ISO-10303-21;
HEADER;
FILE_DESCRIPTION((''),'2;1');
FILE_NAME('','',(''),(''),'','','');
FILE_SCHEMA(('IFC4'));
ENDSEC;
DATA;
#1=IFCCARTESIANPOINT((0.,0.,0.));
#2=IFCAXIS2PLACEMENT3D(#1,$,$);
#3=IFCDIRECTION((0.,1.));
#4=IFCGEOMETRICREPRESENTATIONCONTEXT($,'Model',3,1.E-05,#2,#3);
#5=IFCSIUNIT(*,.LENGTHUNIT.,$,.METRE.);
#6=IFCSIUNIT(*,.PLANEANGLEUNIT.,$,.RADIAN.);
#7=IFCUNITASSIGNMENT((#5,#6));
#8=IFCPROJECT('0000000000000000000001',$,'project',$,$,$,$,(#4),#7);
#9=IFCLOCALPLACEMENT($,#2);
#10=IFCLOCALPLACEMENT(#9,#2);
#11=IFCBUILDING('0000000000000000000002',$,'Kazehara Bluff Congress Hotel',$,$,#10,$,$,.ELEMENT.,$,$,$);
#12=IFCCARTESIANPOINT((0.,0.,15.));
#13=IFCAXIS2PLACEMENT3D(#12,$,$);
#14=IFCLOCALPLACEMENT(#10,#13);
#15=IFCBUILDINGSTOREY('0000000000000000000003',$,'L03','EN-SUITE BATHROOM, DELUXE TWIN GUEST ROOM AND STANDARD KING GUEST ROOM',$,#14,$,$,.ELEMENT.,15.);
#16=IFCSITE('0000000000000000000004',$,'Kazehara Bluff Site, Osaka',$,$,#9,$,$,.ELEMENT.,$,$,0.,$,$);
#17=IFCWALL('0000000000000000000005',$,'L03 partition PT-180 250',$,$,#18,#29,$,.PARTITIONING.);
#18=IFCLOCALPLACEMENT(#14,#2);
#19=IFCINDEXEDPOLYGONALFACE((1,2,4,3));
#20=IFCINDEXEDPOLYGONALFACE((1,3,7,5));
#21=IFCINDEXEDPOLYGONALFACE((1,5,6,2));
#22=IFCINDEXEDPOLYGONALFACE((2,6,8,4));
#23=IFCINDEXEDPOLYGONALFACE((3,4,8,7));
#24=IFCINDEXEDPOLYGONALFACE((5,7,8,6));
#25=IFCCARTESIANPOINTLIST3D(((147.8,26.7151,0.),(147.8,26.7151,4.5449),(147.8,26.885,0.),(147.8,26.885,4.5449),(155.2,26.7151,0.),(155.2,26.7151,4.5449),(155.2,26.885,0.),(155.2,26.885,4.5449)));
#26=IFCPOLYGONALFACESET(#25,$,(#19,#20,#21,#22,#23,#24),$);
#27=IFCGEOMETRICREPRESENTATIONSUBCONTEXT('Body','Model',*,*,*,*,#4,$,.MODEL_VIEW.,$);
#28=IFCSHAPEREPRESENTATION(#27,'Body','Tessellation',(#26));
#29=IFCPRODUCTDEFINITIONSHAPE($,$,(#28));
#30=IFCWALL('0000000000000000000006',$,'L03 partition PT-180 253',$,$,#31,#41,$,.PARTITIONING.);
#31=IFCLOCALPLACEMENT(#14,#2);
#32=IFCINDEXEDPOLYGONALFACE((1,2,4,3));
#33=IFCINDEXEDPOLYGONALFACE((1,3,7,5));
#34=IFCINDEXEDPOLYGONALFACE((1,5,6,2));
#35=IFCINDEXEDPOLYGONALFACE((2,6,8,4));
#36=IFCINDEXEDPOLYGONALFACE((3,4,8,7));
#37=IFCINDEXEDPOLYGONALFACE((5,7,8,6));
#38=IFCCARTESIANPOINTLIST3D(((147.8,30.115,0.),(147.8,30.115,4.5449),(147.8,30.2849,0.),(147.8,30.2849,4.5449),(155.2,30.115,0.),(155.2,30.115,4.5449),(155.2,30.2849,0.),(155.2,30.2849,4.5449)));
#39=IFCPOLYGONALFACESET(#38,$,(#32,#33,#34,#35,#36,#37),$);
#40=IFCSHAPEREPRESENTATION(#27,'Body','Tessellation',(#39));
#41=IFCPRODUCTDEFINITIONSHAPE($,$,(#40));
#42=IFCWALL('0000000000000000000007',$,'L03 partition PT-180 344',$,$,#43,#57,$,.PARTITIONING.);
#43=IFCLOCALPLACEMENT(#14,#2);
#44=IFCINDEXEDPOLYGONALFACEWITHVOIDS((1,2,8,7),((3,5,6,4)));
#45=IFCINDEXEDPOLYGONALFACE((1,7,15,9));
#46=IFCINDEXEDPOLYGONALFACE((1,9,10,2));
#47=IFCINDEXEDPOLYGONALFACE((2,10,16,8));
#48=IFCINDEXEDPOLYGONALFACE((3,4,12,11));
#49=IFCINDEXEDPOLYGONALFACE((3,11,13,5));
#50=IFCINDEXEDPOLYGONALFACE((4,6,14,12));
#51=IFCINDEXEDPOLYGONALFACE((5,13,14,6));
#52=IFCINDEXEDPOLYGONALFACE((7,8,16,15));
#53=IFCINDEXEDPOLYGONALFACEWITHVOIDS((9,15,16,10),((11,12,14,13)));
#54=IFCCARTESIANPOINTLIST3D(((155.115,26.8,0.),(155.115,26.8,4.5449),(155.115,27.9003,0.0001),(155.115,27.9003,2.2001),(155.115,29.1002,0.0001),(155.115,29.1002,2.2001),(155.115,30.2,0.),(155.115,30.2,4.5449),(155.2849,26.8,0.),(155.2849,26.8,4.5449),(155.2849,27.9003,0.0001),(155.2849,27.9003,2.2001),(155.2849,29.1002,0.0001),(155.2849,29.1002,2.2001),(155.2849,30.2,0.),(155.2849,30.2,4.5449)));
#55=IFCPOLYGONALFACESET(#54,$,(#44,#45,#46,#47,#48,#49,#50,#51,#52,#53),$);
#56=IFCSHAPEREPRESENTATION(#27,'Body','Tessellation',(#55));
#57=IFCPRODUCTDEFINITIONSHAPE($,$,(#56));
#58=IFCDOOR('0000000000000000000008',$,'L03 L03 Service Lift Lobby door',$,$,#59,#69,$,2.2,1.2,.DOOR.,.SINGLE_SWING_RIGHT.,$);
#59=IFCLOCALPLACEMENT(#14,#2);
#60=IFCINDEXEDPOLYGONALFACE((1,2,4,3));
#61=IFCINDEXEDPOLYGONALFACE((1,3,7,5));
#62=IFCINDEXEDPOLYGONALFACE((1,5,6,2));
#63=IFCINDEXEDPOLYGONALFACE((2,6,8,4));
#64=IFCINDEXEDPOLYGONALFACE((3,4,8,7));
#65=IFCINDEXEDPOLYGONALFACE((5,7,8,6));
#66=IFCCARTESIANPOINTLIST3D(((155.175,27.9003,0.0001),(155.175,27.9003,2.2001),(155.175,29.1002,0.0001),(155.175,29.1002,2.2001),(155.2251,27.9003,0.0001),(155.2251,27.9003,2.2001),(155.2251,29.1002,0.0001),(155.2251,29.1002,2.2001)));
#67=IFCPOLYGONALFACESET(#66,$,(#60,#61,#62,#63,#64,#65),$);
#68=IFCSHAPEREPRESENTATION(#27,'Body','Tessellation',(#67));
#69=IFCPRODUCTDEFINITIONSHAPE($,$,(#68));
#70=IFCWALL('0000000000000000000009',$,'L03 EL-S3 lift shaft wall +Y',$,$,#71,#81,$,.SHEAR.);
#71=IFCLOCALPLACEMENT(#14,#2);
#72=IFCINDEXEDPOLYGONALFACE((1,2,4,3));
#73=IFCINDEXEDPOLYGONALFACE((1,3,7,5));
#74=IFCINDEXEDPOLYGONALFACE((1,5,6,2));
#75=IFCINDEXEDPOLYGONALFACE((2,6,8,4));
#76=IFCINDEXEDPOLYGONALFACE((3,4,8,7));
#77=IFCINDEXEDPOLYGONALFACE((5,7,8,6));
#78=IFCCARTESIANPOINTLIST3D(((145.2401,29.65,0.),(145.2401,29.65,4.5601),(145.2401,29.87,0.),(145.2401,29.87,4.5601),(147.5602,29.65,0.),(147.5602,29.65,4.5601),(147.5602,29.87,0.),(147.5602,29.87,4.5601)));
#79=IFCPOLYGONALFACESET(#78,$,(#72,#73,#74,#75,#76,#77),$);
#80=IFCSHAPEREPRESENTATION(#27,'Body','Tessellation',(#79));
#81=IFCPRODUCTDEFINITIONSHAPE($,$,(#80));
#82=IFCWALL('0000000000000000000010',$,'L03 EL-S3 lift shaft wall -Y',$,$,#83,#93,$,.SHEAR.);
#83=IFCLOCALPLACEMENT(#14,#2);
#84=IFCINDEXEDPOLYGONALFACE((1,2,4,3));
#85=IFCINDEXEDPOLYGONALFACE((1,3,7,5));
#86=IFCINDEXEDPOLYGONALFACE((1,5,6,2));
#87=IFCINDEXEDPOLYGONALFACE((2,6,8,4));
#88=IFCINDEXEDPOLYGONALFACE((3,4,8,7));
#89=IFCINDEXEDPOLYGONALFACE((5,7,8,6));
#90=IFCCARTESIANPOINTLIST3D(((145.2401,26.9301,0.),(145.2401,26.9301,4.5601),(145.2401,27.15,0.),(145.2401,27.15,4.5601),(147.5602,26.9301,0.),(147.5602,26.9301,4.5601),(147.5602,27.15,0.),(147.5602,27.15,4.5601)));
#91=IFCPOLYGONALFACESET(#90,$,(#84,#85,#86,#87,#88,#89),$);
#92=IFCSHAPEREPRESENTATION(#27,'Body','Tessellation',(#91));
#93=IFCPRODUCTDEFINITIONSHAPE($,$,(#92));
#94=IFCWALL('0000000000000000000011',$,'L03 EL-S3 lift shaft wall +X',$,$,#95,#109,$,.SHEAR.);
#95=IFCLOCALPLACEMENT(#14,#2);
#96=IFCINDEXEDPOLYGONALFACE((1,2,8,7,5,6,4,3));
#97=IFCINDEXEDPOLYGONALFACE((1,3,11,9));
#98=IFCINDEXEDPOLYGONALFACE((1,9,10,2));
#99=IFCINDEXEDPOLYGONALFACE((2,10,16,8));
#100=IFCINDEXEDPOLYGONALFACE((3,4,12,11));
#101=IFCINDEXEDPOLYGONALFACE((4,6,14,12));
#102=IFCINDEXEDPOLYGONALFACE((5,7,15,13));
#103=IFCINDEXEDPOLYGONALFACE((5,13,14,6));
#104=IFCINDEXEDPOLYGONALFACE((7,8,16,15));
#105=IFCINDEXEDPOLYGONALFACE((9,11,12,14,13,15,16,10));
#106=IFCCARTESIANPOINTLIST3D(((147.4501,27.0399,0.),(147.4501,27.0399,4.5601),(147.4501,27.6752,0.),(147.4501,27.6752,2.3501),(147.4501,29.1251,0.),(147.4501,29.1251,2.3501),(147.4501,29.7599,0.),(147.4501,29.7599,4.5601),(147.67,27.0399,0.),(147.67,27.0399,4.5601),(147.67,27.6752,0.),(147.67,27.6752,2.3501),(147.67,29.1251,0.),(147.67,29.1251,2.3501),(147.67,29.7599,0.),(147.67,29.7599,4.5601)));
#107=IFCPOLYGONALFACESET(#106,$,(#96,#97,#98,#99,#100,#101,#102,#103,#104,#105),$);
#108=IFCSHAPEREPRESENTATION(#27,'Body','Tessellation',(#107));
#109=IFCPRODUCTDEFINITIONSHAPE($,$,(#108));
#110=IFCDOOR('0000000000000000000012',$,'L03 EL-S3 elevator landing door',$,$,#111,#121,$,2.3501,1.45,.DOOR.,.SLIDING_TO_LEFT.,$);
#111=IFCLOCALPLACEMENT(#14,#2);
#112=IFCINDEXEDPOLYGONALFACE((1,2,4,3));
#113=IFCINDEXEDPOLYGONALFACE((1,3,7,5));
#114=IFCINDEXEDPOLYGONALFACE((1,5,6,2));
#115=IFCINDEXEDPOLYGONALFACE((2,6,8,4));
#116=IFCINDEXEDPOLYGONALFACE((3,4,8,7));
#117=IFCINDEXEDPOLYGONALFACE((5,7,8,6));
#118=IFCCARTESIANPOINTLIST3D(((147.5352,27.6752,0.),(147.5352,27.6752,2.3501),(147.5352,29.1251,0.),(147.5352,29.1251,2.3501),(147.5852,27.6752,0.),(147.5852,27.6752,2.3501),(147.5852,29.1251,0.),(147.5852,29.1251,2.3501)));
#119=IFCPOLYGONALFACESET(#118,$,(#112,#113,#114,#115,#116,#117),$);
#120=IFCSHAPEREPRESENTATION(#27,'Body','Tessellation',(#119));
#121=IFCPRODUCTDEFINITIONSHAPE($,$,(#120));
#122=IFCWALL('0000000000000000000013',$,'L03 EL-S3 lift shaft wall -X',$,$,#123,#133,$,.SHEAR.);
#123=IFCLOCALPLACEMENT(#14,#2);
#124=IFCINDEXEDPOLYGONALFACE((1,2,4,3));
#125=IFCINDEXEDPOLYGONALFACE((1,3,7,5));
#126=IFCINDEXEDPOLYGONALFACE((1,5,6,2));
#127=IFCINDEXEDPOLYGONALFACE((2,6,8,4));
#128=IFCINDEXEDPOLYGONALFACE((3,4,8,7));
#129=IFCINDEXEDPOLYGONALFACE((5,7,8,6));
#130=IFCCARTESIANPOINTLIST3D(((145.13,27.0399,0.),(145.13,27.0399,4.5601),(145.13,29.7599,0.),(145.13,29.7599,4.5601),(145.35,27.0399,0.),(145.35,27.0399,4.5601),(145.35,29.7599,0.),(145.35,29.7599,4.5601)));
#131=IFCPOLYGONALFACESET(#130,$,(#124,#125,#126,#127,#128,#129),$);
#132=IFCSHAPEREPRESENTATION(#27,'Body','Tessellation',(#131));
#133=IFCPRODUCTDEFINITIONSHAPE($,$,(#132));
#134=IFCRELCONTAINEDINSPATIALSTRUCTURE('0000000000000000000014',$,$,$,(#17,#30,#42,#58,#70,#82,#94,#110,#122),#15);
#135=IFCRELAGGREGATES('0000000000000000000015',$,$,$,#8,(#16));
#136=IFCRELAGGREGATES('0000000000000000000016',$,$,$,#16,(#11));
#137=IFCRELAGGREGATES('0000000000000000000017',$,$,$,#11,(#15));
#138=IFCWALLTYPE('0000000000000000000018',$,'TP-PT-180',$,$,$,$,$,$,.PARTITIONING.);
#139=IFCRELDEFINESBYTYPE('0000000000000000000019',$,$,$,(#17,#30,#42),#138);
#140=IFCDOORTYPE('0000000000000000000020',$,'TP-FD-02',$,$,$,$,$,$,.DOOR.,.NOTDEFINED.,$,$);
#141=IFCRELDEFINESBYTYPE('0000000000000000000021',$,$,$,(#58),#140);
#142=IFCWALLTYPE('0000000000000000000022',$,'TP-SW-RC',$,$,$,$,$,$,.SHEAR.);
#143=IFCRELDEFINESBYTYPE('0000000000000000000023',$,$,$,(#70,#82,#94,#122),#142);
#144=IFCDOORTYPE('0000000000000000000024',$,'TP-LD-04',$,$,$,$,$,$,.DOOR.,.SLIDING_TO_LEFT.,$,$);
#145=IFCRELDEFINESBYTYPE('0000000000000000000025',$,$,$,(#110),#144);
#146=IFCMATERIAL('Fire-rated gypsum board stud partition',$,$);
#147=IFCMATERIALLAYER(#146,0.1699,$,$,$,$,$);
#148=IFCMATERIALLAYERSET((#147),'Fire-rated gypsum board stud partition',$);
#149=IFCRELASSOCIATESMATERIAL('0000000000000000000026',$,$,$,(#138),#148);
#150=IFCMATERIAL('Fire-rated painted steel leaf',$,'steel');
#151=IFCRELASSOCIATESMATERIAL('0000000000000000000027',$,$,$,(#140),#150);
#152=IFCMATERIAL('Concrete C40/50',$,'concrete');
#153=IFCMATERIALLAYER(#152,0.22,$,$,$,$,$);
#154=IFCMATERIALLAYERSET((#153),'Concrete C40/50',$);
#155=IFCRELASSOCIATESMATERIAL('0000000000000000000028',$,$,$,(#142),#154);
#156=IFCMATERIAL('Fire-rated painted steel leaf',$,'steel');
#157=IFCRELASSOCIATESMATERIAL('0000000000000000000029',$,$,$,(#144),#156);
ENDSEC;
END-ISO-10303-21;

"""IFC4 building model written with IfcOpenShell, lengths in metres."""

from ifc_helpers import new_model, si_unit, direction, frame, frame_2d, origin, place, context, subcontext, project, spatial, rectangle, extrude, material, layer, layer_set, type_object, element, fill, save


model = new_model("IFC4")

# Units and contexts
model_context = context("Model", 3, precision=1e-05, world=origin(), true_north=direction((0.0, 1.0)))
body_context = subcontext(model_context, "Body", "Model", "MODEL_VIEW")
ifc_project = project(units=[si_unit("LENGTHUNIT", "METRE"), si_unit("PLANEANGLEUNIT", "RADIAN")], contexts=[model_context])

# Site, building, storey
site_placement = place(None, origin())
site = spatial("IfcSite", under=ifc_project, at=site_placement, Name="Kazehara Bluff Site, Osaka", CompositionType="ELEMENT", RefElevation=0.0)
building_placement = place(site_placement, origin())
building = spatial("IfcBuilding", under=site, at=building_placement, Name="Kazehara Bluff Congress Hotel", CompositionType="ELEMENT")
storey_placement = place(building_placement, frame((0.0, 0.0, 15.0)))
storey = spatial("IfcBuildingStorey", under=building, at=storey_placement, Name="L03", Description="EN-SUITE BATHROOM, DELUXE TWIN GUEST ROOM AND STANDARD KING GUEST ROOM", CompositionType="ELEMENT", Elevation=15.0)

# Walls
ifc_material_1 = material(Name="Fire-rated gypsum board stud partition")
ifc_layer_1 = layer(ifc_material_1, 0.1699)
ifc_layer_set_1 = layer_set([ifc_layer_1], Name="Fire-rated gypsum board stud partition")
wall_type_1 = type_object("IfcWallType", Name="TP-PT-180", PredefinedType="PARTITIONING", material=ifc_layer_set_1)
for number, where, z_axis, x_axis, name in (
    (1, (147.8, 26.8, 0.0), (0.0, 0.0, 1.0), (1.0, 0.0, 0.0), "L03 partition PT-180 250"),
    (2, (147.8, 30.2, 0.0), (0.0, 0.0, 1.0), (1.0, 0.0, 0.0), "L03 partition PT-180 253"),
):
    element("IfcWall", number, at=place(storey_placement, frame(where, z_axis=z_axis, x_axis=x_axis)), inside=storey, type_object=wall_type_1, Name=name, PredefinedType="PARTITIONING", context=body_context, shape_type="SweptSolid", body=[
        extrude(rectangle(XDim=7.3999, YDim=0.1699, at=frame_2d((3.7, 0.0))), origin(), (0.0, 0.0, 1.0), 4.5449),
    ])

# Wall, opening, door
wall_1_placement = place(storey_placement, frame((155.2, 26.8, 0.0), z_axis=(0.0, 0.0, 1.0), x_axis=(0.0, 1.0, 0.0)))
wall_1 = element("IfcWall", 3, at=wall_1_placement, inside=storey, type_object=wall_type_1, Name="L03 partition PT-180 344", PredefinedType="PARTITIONING", context=body_context, shape_type="SweptSolid", body=[
    extrude(rectangle(XDim=3.3999, YDim=0.1699, at=frame_2d((1.7, 0.0))), origin(), (0.0, 0.0, 1.0), 4.5449),
])
opening_1_placement = place(wall_1_placement, frame((1.1001, 0.0, 0.0)))
opening_1 = element("IfcOpeningElement", 4, at=opening_1_placement, cuts=wall_1, PredefinedType="OPENING", context=body_context, shape_type="SweptSolid", body=[
    extrude(rectangle(XDim=1.2, YDim=2.2, at=frame_2d((0.6001, 1.1001))), frame((0.0, 0.095, 0.0), z_axis=(0.0, -1.0, 0.0), x_axis=(1.0, 0.0, 0.0)), (0.0, 0.0, 1.0), 0.1899),
])
ifc_material_2 = material(Name="Fire-rated painted steel leaf", Category="steel")
door_type_1 = type_object("IfcDoorType", Name="TP-FD-02", OperationType="NOTDEFINED", PredefinedType="DOOR", material=ifc_material_2)
door_1_placement = place(opening_1_placement, origin())
door_1 = element("IfcDoor", 5, at=door_1_placement, inside=storey, type_object=door_type_1, Name="L03 L03 Service Lift Lobby door", OperationType="SINGLE_SWING_RIGHT", OverallHeight=2.2, OverallWidth=1.2, PredefinedType="DOOR", context=body_context, shape_type="SweptSolid", body=[
    extrude(rectangle(XDim=1.2, YDim=2.2, at=frame_2d((0.6001, 1.1001))), frame((0.0, 0.0249, 0.0), z_axis=(0.0, -1.0, 0.0), x_axis=(1.0, 0.0, 0.0)), (0.0, 0.0, 1.0), 0.05),
])
fill(opening_1, door_1)

# Walls
ifc_material_3 = material(Name="Concrete C40/50", Category="concrete")
ifc_layer_2 = layer(ifc_material_3, 0.22)
ifc_layer_set_2 = layer_set([ifc_layer_2], Name="Concrete C40/50")
wall_type_2 = type_object("IfcWallType", Name="TP-SW-RC", PredefinedType="SHEAR", material=ifc_layer_set_2)
for number, where, z_axis, x_axis, name in (
    (6, (145.24, 29.76, 0.0), (0.0, 0.0, 1.0), (1.0, 0.0, 0.0), "L03 EL-S3 lift shaft wall +Y"),
    (7, (145.24, 27.04, 0.0), (0.0, 0.0, 1.0), (1.0, 0.0, 0.0), "L03 EL-S3 lift shaft wall -Y"),
):
    element("IfcWall", number, at=place(storey_placement, frame(where, z_axis=z_axis, x_axis=x_axis)), inside=storey, type_object=wall_type_2, Name=name, PredefinedType="SHEAR", context=body_context, shape_type="SweptSolid", body=[
        extrude(rectangle(XDim=2.3201, YDim=0.22, at=frame_2d((1.1602, 0.0))), origin(), (0.0, 0.0, 1.0), 4.5601),
    ])

# Wall, opening, door
wall_2_placement = place(storey_placement, frame((147.5601, 27.04, 0.0), z_axis=(0.0, 0.0, 1.0), x_axis=(0.0, 1.0, 0.0)))
wall_2 = element("IfcWall", 8, at=wall_2_placement, inside=storey, type_object=wall_type_2, Name="L03 EL-S3 lift shaft wall +X", PredefinedType="SHEAR", context=body_context, shape_type="SweptSolid", body=[
    extrude(rectangle(XDim=2.72, YDim=0.22, at=frame_2d((1.3599, 0.0))), origin(), (0.0, 0.0, 1.0), 4.5601),
])
opening_2_placement = place(wall_2_placement, frame((0.635, 0.0, 0.0)))
opening_2 = element("IfcOpeningElement", 9, at=opening_2_placement, cuts=wall_2, PredefinedType="OPENING", context=body_context, shape_type="SweptSolid", body=[
    extrude(rectangle(XDim=1.45, YDim=2.3501, at=frame_2d((0.7251, 1.175))), frame((0.0, 0.1199, 0.0), z_axis=(0.0, -1.0, 0.0), x_axis=(1.0, 0.0, 0.0)), (0.0, 0.0, 1.0), 0.24),
])
ifc_material_4 = material(Name="Fire-rated painted steel leaf", Category="steel")
door_type_2 = type_object("IfcDoorType", Name="TP-LD-04", OperationType="SLIDING_TO_LEFT", PredefinedType="DOOR", material=ifc_material_4)
door_2_placement = place(opening_2_placement, origin())
door_2 = element("IfcDoor", 10, at=door_2_placement, inside=storey, type_object=door_type_2, Name="L03 EL-S3 elevator landing door", OperationType="SLIDING_TO_LEFT", OverallHeight=2.3501, OverallWidth=1.45, PredefinedType="DOOR", context=body_context, shape_type="SweptSolid", body=[
    extrude(rectangle(XDim=1.45, YDim=2.3501, at=frame_2d((0.7251, 1.175))), frame((0.0, 0.0249, 0.0), z_axis=(0.0, -1.0, 0.0), x_axis=(1.0, 0.0, 0.0)), (0.0, 0.0, 1.0), 0.05),
])
fill(opening_2, door_2)

# Wall
wall_3_placement = place(storey_placement, frame((145.24, 27.04, 0.0), z_axis=(0.0, 0.0, 1.0), x_axis=(0.0, 1.0, 0.0)))
element("IfcWall", 11, at=wall_3_placement, inside=storey, type_object=wall_type_2, Name="L03 EL-S3 lift shaft wall -X", PredefinedType="SHEAR", context=body_context, shape_type="SweptSolid", body=[
    extrude(rectangle(XDim=2.72, YDim=0.22, at=frame_2d((1.3599, 0.0))), origin(), (0.0, 0.0, 1.0), 4.5601),
])

save(model, "model.ifc")
